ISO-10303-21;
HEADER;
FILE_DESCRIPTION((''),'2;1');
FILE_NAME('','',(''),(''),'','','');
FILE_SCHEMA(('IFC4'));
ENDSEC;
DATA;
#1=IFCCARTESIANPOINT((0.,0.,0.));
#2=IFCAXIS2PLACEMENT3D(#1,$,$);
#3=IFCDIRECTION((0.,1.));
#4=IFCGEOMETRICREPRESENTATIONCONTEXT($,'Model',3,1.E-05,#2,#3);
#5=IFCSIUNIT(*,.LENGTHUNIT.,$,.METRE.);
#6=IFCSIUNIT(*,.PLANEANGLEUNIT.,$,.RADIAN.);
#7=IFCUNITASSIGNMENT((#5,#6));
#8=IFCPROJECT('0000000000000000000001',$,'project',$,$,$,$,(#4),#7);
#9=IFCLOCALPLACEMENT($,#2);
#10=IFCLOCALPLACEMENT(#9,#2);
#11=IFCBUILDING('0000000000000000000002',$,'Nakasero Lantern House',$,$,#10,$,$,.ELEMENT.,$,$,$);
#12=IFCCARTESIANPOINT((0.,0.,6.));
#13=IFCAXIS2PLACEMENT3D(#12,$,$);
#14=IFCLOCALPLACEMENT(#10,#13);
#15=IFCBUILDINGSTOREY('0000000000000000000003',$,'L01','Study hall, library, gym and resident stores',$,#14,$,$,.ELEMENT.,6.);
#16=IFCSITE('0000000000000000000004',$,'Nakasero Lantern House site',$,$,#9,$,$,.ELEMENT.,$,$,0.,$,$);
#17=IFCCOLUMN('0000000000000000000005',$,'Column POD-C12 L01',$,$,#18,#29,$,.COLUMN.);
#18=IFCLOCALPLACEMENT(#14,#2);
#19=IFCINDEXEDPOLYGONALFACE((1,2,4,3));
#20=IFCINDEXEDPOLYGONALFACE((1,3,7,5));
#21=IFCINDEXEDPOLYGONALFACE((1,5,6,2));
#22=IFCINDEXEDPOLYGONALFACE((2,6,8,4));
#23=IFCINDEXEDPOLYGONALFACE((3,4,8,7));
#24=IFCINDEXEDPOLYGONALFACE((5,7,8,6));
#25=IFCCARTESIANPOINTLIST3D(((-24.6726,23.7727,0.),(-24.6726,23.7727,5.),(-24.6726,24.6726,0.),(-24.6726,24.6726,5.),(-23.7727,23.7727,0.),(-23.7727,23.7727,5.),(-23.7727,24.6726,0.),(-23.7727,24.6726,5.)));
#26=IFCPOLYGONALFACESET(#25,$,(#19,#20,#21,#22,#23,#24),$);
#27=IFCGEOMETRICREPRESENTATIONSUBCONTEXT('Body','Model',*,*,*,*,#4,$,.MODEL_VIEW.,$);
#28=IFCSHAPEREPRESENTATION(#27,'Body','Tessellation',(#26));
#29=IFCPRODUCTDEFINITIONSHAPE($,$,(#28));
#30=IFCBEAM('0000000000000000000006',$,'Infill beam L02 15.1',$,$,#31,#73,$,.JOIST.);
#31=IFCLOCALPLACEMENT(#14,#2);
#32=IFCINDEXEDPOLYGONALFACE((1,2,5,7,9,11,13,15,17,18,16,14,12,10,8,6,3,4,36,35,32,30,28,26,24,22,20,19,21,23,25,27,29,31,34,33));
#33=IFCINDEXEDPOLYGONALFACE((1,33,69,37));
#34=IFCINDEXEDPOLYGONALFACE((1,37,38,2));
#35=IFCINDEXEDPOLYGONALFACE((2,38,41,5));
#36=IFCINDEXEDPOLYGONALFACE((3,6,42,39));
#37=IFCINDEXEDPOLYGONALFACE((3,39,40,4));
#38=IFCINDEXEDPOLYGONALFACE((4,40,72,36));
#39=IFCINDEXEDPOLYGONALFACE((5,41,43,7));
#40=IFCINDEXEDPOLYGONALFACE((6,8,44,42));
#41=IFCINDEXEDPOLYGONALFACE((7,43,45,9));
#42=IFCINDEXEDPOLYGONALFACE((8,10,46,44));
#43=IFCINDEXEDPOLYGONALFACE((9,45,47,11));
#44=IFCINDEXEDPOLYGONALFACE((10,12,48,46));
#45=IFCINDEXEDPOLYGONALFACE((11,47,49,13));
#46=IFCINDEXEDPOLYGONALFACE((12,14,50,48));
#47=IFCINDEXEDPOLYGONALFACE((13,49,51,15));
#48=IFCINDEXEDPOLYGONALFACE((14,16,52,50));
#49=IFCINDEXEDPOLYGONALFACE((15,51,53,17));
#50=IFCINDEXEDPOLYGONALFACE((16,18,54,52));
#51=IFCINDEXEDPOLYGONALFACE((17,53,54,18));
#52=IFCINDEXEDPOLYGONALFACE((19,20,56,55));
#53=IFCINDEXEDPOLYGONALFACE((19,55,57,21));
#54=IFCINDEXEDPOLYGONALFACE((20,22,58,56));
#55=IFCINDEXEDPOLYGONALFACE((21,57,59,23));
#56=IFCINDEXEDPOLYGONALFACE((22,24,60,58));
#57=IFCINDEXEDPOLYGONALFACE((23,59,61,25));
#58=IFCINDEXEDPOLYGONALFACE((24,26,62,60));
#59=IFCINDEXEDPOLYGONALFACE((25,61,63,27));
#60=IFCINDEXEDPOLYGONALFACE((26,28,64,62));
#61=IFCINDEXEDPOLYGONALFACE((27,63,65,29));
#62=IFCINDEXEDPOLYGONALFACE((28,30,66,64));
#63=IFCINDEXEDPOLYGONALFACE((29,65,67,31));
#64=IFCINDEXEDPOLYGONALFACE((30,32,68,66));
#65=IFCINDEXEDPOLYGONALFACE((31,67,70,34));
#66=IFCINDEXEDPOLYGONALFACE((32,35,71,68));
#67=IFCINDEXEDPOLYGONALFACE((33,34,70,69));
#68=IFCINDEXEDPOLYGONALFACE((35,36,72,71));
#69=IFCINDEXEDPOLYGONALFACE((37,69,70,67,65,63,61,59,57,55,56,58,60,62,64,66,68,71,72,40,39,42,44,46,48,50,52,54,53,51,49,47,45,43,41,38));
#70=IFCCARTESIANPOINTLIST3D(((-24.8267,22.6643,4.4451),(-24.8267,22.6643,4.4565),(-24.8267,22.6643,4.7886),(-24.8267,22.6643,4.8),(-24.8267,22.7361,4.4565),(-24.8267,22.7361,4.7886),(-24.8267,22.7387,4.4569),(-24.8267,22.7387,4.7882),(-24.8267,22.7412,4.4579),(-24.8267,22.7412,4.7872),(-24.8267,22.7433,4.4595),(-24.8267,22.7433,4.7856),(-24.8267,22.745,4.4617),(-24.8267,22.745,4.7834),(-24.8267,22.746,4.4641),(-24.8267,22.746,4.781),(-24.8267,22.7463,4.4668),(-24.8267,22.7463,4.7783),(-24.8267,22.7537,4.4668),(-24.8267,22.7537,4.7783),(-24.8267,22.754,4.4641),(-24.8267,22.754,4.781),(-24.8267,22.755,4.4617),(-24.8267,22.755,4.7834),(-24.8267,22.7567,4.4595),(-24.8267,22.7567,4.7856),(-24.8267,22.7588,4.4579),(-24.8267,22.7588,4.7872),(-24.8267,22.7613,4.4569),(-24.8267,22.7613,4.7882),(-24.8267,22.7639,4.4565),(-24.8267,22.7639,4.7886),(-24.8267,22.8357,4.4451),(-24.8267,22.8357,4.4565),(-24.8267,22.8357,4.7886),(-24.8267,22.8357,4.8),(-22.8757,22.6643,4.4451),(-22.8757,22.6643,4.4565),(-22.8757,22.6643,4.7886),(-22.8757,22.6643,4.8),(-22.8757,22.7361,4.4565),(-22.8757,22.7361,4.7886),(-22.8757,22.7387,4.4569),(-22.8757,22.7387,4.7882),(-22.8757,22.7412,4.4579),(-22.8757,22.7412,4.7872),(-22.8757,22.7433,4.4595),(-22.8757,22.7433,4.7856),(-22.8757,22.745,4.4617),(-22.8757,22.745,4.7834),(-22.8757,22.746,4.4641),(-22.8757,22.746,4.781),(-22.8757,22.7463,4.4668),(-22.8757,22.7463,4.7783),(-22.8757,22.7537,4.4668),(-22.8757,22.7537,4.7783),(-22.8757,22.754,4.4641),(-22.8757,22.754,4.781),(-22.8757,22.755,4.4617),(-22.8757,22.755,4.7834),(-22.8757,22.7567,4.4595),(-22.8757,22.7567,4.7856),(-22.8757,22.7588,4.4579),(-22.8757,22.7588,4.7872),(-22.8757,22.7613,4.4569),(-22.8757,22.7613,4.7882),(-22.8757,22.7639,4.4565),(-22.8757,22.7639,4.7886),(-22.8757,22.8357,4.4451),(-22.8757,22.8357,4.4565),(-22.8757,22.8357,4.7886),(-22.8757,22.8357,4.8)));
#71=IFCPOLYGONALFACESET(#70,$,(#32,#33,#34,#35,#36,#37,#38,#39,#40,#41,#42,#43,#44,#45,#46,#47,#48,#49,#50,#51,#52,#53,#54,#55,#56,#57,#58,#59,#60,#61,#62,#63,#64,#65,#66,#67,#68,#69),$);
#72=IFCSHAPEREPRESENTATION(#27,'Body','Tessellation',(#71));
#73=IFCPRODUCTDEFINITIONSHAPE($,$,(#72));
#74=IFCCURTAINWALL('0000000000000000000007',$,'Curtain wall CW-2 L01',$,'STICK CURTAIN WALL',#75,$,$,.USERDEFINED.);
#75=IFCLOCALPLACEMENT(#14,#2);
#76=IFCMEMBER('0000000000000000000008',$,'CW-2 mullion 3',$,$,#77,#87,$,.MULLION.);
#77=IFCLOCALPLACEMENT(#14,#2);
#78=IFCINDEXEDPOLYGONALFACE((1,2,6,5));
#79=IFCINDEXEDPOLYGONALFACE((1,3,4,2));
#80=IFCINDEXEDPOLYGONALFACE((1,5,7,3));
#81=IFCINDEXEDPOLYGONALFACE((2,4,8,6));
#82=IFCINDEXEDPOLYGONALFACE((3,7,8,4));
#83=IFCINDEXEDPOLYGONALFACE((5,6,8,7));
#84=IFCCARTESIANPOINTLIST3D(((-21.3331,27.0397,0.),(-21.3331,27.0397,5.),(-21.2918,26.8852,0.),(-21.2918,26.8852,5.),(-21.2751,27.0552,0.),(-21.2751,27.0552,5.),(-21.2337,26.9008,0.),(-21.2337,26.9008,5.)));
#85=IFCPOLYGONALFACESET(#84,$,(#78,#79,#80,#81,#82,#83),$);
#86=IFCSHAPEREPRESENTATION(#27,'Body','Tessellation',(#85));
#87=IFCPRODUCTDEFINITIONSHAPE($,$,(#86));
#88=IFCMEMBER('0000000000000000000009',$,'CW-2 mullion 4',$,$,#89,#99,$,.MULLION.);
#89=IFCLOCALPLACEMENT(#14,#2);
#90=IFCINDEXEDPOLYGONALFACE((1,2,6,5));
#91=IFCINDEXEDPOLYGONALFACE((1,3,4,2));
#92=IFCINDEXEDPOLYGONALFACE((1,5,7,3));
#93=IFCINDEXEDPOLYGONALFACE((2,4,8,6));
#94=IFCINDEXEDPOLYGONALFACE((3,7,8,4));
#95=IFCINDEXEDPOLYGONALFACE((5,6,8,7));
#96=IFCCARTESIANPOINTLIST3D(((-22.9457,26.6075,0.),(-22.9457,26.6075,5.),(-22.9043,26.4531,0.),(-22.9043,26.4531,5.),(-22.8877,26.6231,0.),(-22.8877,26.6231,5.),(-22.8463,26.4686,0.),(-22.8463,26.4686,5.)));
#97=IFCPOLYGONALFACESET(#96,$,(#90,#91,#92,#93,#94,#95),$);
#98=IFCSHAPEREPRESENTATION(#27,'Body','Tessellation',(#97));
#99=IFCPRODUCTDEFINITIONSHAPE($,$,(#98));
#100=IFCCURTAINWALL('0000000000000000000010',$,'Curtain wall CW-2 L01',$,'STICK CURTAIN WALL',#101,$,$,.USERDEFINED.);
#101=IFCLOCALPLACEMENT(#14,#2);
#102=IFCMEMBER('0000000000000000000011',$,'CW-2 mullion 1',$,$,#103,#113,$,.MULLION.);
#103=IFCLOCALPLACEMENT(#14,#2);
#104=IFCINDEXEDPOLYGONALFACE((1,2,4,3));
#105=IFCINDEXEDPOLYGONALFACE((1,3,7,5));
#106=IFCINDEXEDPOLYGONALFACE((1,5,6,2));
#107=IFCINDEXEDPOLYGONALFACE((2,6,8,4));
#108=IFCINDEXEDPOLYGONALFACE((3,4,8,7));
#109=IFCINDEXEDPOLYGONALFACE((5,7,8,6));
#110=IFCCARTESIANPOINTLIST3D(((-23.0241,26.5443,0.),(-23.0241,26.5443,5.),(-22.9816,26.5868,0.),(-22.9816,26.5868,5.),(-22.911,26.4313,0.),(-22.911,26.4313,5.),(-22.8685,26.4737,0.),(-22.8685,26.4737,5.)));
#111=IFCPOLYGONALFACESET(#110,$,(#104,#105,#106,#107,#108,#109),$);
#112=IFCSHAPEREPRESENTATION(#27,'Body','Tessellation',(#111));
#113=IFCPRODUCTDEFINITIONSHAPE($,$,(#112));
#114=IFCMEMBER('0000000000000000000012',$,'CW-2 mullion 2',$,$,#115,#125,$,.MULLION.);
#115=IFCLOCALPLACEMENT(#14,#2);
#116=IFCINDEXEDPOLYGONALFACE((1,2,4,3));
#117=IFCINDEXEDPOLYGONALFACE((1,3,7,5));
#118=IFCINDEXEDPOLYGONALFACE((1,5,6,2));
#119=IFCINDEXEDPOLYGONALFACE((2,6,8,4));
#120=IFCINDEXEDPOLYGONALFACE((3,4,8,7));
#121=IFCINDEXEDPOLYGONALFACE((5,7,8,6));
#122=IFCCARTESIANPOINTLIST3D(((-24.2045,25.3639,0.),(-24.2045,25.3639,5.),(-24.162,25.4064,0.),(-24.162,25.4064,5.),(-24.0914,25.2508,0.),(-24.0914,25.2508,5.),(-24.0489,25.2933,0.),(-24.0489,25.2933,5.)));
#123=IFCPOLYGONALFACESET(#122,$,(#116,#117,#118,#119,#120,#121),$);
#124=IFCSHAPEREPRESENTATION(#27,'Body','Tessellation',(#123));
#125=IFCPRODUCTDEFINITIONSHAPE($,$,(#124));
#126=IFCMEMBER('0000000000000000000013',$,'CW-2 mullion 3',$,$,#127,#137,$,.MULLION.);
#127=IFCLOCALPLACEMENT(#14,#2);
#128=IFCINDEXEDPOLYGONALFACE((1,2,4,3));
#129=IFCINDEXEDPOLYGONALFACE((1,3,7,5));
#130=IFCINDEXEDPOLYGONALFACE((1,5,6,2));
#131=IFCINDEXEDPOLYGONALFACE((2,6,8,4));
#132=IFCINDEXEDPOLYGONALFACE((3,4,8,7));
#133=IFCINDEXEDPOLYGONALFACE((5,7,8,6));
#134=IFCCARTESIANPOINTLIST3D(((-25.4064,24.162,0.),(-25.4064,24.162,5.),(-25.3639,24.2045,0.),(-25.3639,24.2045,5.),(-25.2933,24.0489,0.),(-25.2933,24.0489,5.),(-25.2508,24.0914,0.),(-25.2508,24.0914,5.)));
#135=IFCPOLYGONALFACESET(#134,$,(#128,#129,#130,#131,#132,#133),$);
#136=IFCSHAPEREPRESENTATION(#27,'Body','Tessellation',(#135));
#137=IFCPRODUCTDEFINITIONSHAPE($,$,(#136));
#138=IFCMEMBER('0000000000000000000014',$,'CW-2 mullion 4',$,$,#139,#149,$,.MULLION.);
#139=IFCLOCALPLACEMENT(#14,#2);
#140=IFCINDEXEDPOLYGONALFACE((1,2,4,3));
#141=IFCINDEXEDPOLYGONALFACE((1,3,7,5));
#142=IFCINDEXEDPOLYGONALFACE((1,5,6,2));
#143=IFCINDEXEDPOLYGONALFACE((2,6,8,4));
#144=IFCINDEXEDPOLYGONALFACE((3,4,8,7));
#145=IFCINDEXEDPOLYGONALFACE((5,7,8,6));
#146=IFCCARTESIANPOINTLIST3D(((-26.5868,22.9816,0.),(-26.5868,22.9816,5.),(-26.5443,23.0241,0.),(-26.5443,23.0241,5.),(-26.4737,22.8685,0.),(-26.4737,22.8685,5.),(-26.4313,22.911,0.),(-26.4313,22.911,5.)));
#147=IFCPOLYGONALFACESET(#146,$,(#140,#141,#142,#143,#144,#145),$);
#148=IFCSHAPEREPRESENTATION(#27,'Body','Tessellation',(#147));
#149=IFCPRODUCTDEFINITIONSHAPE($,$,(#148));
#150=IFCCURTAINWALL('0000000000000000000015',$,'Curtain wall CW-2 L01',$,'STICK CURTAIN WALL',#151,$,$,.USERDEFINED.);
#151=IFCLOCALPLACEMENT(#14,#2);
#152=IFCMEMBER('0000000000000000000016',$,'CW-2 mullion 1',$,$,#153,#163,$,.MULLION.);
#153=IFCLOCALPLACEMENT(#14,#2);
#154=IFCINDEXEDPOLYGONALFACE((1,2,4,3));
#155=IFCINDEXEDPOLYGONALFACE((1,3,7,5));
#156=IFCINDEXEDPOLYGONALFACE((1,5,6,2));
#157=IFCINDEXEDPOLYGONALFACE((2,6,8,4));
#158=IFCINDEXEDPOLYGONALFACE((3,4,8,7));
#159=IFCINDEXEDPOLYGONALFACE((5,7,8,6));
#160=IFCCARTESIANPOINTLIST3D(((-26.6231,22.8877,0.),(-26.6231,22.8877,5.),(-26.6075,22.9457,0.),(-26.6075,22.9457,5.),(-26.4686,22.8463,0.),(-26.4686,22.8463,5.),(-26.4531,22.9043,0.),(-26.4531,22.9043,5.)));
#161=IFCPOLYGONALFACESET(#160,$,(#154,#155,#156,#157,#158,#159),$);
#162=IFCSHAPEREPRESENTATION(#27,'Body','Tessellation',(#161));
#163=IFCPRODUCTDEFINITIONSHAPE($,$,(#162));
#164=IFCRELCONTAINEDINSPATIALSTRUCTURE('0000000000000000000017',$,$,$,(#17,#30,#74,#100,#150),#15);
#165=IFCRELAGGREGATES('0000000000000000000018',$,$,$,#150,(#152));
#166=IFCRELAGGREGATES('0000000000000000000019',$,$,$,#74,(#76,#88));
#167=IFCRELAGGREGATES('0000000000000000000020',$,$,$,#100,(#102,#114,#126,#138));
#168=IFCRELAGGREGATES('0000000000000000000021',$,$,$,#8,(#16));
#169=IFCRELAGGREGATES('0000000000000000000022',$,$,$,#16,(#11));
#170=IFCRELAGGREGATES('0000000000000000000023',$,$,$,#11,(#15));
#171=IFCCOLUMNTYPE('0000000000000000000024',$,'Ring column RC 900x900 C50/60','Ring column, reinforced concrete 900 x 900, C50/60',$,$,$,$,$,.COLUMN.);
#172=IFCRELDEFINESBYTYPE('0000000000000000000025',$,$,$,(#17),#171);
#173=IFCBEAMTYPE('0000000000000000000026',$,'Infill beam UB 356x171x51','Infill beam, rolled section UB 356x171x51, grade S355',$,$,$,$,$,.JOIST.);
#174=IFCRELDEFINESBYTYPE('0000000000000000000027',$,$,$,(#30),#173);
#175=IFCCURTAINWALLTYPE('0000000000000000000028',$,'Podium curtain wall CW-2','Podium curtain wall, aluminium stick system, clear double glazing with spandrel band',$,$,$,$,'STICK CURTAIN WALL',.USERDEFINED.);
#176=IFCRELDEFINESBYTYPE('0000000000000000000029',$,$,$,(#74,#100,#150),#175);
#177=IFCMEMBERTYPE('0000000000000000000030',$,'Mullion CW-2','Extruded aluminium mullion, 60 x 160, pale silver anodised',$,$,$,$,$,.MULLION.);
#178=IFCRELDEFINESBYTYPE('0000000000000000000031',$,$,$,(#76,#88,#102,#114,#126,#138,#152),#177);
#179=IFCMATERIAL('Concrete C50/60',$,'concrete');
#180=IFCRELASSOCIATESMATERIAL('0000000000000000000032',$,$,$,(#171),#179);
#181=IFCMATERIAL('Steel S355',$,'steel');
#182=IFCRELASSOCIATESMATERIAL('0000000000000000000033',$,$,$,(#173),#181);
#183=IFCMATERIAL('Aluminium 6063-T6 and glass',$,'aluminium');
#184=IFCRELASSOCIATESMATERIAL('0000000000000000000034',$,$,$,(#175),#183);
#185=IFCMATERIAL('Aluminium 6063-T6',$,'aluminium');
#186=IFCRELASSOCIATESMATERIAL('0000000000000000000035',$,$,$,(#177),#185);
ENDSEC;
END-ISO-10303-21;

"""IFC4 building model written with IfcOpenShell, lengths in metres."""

from ifc_helpers import new_model, si_unit, direction, frame, origin, origin_2d, place, context, subcontext, project, spatial, rectangle, i_section, extrude, material, material_profile, profile_set, type_object, element, aggregate, save


model = new_model("IFC4")

# Units and contexts
model_context = context("Model", 3, precision=1e-05, world=origin(), true_north=direction((0.0, 1.0)))
body_context = subcontext(model_context, "Body", "Model", "MODEL_VIEW")
ifc_project = project(units=[si_unit("LENGTHUNIT", "METRE"), si_unit("PLANEANGLEUNIT", "RADIAN")], contexts=[model_context])

# Site, building, storey
site_placement = place(None, origin())
site = spatial("IfcSite", under=ifc_project, at=site_placement, Name="Nakasero Lantern House site", CompositionType="ELEMENT", RefElevation=0.0)
building_placement = place(site_placement, origin())
building = spatial("IfcBuilding", under=site, at=building_placement, Name="Nakasero Lantern House", CompositionType="ELEMENT")
storey_placement = place(building_placement, frame((0.0, 0.0, 6.0)))
storey = spatial("IfcBuildingStorey", under=building, at=storey_placement, Name="L01", Description="Study hall, library, gym and resident stores", CompositionType="ELEMENT", Elevation=6.0)

# Column
ifc_material_1 = material(Name="Concrete C50/60", Category="concrete")
ifc_material_profile_1 = material_profile(ifc_material_1, rectangle(XDim=0.8999, YDim=0.8999, at=origin_2d()), Name="RC 900x900")
ifc_profile_set_1 = profile_set([ifc_material_profile_1], Name="Concrete C50/60")
column_type = type_object("IfcColumnType", Name="Ring column RC 900x900 C50/60", Description="Ring column, reinforced concrete 900 x 900, C50/60", PredefinedType="COLUMN", material=ifc_profile_set_1)
column_placement = place(storey_placement, frame((-24.2227, 24.2227, 0.0), z_axis=(0.0, 0.0, 1.0), x_axis=(1.0, 0.0, 0.0)))
element("IfcColumn", 1, at=column_placement, inside=storey, type_object=column_type, Name="Column POD-C12 L01", PredefinedType="COLUMN", context=body_context, shape_type="SweptSolid", body=[
    extrude(rectangle(XDim=0.8999, YDim=0.8999, at=origin_2d()), origin(), (0.0, 0.0, 1.0), 5.0),
])

# Beam
ifc_material_2 = material(Name="Steel S355", Category="steel")
ifc_material_profile_2 = material_profile(ifc_material_2, i_section(OverallWidth=0.1714, OverallDepth=0.355, WebThickness=0.0073, FlangeThickness=0.0115, FilletRadius=0.0103, at=origin_2d()), Name="UB 356x171x51")
ifc_profile_set_2 = profile_set([ifc_material_profile_2], Name="Steel S355")
beam_type_1 = type_object("IfcBeamType", Name="Infill beam UB 356x171x51", Description="Infill beam, rolled section UB 356x171x51, grade S355", PredefinedType="JOIST", material=ifc_profile_set_2)
beam_1_placement = place(storey_placement, frame((-24.8267, 22.75, 4.6226), z_axis=(1.0, 0.0, 0.0), x_axis=(0.0, 1.0, 0.0)))
element("IfcBeam", 2, at=beam_1_placement, inside=storey, type_object=beam_type_1, Name="Infill beam L02 15.1", PredefinedType="JOIST", context=body_context, shape_type="SweptSolid", body=[
    extrude(i_section(OverallWidth=0.1714, OverallDepth=0.355, WebThickness=0.0073, FlangeThickness=0.0115, FilletRadius=0.0103, at=origin_2d()), origin(), (0.0, 0.0, 1.0), 1.9509),
])

# Curtain walls, members
ifc_material_3 = material(Name="Aluminium 6063-T6 and glass", Category="aluminium")
curtain_wall_type = type_object("IfcCurtainWallType", Name="Podium curtain wall CW-2", Description="Podium curtain wall, aluminium stick system, clear double glazing with spandrel band", ElementType="STICK CURTAIN WALL", PredefinedType="USERDEFINED", material=ifc_material_3)
curtain_wall_1_placement = place(storey_placement, origin())
curtain_wall_1 = element("IfcCurtainWall", 3, at=curtain_wall_1_placement, inside=storey, type_object=curtain_wall_type, Name="Curtain wall CW-2 L01", ObjectType="STICK CURTAIN WALL", PredefinedType="USERDEFINED")
ifc_material_4 = material(Name="Aluminium 6063-T6", Category="aluminium")
ifc_material_profile_3 = material_profile(ifc_material_4, rectangle(XDim=0.0601, YDim=0.1599, at=origin_2d()), Name="CW-2 mullion 60x160")
ifc_profile_set_3 = profile_set([ifc_material_profile_3], Name="Aluminium 6063-T6")
member_type_1 = type_object("IfcMemberType", Name="Mullion CW-2", Description="Extruded aluminium mullion, 60 x 160, pale silver anodised", PredefinedType="MULLION", material=ifc_profile_set_3)
member_1_placement = place(storey_placement, frame((-21.2834, 26.9702, 0.0), z_axis=(0.0, 0.0, 1.0), x_axis=(-0.965926, -0.258819, 0.0)))
member_1 = element("IfcMember", 4, at=member_1_placement, type_object=member_type_1, Name="CW-2 mullion 3", PredefinedType="MULLION", context=body_context, shape_type="SweptSolid", body=[
    extrude(rectangle(XDim=0.0601, YDim=0.1599, at=origin_2d()), origin(), (0.0, 0.0, 1.0), 5.0),
])
member_2_placement = place(storey_placement, frame((-22.896, 26.5381, 0.0), z_axis=(0.0, 0.0, 1.0), x_axis=(-0.965926, -0.258819, 0.0)))
member_2 = element("IfcMember", 5, at=member_2_placement, type_object=member_type_1, Name="CW-2 mullion 4", PredefinedType="MULLION", context=body_context, shape_type="SweptSolid", body=[
    extrude(rectangle(XDim=0.0601, YDim=0.1599, at=origin_2d()), origin(), (0.0, 0.0, 1.0), 5.0),
])
curtain_wall_2_placement = place(storey_placement, origin())
curtain_wall_2 = element("IfcCurtainWall", 6, at=curtain_wall_2_placement, inside=storey, type_object=curtain_wall_type, Name="Curtain wall CW-2 L01", ObjectType="STICK CURTAIN WALL", PredefinedType="USERDEFINED")
member_3_placement = place(storey_placement, frame((-22.9463, 26.509, 0.0), z_axis=(0.0, 0.0, 1.0), x_axis=(-0.707107, -0.707107, 0.0)))
member_3 = element("IfcMember", 7, at=member_3_placement, type_object=member_type_1, Name="CW-2 mullion 1", PredefinedType="MULLION", context=body_context, shape_type="SweptSolid", body=[
    extrude(rectangle(XDim=0.0601, YDim=0.1599, at=origin_2d()), origin(), (0.0, 0.0, 1.0), 5.0),
])
member_4_placement = place(storey_placement, frame((-24.1267, 25.3286, 0.0), z_axis=(0.0, 0.0, 1.0), x_axis=(-0.707107, -0.707107, 0.0)))
member_4 = element("IfcMember", 8, at=member_4_placement, type_object=member_type_1, Name="CW-2 mullion 2", PredefinedType="MULLION", context=body_context, shape_type="SweptSolid", body=[
    extrude(rectangle(XDim=0.0601, YDim=0.1599, at=origin_2d()), origin(), (0.0, 0.0, 1.0), 5.0),
])
member_5_placement = place(storey_placement, frame((-25.3286, 24.1267, 0.0), z_axis=(0.0, 0.0, 1.0), x_axis=(-0.707107, -0.707107, 0.0)))
member_5 = element("IfcMember", 9, at=member_5_placement, type_object=member_type_1, Name="CW-2 mullion 3", PredefinedType="MULLION", context=body_context, shape_type="SweptSolid", body=[
    extrude(rectangle(XDim=0.0601, YDim=0.1599, at=origin_2d()), origin(), (0.0, 0.0, 1.0), 5.0),
])
member_6_placement = place(storey_placement, frame((-26.509, 22.9463, 0.0), z_axis=(0.0, 0.0, 1.0), x_axis=(-0.707107, -0.707107, 0.0)))
member_6 = element("IfcMember", 10, at=member_6_placement, type_object=member_type_1, Name="CW-2 mullion 4", PredefinedType="MULLION", context=body_context, shape_type="SweptSolid", body=[
    extrude(rectangle(XDim=0.0601, YDim=0.1599, at=origin_2d()), origin(), (0.0, 0.0, 1.0), 5.0),
])

# Curtain wall, member
curtain_wall_3_placement = place(storey_placement, origin())
curtain_wall_3 = element("IfcCurtainWall", 11, at=curtain_wall_3_placement, inside=storey, type_object=curtain_wall_type, Name="Curtain wall CW-2 L01", ObjectType="STICK CURTAIN WALL", PredefinedType="USERDEFINED")
member_7_placement = place(storey_placement, frame((-26.5381, 22.896, 0.0), z_axis=(0.0, 0.0, 1.0), x_axis=(-0.258819, -0.965926, 0.0)))
member_7 = element("IfcMember", 12, at=member_7_placement, type_object=member_type_1, Name="CW-2 mullion 1", PredefinedType="MULLION", context=body_context, shape_type="SweptSolid", body=[
    extrude(rectangle(XDim=0.0601, YDim=0.1599, at=origin_2d()), origin(), (0.0, 0.0, 1.0), 5.0),
])

aggregate(curtain_wall_3, [member_7])

aggregate(curtain_wall_1, [member_1, member_2])
aggregate(curtain_wall_2, [member_3, member_4, member_5, member_6])

save(model, "model.ifc")
